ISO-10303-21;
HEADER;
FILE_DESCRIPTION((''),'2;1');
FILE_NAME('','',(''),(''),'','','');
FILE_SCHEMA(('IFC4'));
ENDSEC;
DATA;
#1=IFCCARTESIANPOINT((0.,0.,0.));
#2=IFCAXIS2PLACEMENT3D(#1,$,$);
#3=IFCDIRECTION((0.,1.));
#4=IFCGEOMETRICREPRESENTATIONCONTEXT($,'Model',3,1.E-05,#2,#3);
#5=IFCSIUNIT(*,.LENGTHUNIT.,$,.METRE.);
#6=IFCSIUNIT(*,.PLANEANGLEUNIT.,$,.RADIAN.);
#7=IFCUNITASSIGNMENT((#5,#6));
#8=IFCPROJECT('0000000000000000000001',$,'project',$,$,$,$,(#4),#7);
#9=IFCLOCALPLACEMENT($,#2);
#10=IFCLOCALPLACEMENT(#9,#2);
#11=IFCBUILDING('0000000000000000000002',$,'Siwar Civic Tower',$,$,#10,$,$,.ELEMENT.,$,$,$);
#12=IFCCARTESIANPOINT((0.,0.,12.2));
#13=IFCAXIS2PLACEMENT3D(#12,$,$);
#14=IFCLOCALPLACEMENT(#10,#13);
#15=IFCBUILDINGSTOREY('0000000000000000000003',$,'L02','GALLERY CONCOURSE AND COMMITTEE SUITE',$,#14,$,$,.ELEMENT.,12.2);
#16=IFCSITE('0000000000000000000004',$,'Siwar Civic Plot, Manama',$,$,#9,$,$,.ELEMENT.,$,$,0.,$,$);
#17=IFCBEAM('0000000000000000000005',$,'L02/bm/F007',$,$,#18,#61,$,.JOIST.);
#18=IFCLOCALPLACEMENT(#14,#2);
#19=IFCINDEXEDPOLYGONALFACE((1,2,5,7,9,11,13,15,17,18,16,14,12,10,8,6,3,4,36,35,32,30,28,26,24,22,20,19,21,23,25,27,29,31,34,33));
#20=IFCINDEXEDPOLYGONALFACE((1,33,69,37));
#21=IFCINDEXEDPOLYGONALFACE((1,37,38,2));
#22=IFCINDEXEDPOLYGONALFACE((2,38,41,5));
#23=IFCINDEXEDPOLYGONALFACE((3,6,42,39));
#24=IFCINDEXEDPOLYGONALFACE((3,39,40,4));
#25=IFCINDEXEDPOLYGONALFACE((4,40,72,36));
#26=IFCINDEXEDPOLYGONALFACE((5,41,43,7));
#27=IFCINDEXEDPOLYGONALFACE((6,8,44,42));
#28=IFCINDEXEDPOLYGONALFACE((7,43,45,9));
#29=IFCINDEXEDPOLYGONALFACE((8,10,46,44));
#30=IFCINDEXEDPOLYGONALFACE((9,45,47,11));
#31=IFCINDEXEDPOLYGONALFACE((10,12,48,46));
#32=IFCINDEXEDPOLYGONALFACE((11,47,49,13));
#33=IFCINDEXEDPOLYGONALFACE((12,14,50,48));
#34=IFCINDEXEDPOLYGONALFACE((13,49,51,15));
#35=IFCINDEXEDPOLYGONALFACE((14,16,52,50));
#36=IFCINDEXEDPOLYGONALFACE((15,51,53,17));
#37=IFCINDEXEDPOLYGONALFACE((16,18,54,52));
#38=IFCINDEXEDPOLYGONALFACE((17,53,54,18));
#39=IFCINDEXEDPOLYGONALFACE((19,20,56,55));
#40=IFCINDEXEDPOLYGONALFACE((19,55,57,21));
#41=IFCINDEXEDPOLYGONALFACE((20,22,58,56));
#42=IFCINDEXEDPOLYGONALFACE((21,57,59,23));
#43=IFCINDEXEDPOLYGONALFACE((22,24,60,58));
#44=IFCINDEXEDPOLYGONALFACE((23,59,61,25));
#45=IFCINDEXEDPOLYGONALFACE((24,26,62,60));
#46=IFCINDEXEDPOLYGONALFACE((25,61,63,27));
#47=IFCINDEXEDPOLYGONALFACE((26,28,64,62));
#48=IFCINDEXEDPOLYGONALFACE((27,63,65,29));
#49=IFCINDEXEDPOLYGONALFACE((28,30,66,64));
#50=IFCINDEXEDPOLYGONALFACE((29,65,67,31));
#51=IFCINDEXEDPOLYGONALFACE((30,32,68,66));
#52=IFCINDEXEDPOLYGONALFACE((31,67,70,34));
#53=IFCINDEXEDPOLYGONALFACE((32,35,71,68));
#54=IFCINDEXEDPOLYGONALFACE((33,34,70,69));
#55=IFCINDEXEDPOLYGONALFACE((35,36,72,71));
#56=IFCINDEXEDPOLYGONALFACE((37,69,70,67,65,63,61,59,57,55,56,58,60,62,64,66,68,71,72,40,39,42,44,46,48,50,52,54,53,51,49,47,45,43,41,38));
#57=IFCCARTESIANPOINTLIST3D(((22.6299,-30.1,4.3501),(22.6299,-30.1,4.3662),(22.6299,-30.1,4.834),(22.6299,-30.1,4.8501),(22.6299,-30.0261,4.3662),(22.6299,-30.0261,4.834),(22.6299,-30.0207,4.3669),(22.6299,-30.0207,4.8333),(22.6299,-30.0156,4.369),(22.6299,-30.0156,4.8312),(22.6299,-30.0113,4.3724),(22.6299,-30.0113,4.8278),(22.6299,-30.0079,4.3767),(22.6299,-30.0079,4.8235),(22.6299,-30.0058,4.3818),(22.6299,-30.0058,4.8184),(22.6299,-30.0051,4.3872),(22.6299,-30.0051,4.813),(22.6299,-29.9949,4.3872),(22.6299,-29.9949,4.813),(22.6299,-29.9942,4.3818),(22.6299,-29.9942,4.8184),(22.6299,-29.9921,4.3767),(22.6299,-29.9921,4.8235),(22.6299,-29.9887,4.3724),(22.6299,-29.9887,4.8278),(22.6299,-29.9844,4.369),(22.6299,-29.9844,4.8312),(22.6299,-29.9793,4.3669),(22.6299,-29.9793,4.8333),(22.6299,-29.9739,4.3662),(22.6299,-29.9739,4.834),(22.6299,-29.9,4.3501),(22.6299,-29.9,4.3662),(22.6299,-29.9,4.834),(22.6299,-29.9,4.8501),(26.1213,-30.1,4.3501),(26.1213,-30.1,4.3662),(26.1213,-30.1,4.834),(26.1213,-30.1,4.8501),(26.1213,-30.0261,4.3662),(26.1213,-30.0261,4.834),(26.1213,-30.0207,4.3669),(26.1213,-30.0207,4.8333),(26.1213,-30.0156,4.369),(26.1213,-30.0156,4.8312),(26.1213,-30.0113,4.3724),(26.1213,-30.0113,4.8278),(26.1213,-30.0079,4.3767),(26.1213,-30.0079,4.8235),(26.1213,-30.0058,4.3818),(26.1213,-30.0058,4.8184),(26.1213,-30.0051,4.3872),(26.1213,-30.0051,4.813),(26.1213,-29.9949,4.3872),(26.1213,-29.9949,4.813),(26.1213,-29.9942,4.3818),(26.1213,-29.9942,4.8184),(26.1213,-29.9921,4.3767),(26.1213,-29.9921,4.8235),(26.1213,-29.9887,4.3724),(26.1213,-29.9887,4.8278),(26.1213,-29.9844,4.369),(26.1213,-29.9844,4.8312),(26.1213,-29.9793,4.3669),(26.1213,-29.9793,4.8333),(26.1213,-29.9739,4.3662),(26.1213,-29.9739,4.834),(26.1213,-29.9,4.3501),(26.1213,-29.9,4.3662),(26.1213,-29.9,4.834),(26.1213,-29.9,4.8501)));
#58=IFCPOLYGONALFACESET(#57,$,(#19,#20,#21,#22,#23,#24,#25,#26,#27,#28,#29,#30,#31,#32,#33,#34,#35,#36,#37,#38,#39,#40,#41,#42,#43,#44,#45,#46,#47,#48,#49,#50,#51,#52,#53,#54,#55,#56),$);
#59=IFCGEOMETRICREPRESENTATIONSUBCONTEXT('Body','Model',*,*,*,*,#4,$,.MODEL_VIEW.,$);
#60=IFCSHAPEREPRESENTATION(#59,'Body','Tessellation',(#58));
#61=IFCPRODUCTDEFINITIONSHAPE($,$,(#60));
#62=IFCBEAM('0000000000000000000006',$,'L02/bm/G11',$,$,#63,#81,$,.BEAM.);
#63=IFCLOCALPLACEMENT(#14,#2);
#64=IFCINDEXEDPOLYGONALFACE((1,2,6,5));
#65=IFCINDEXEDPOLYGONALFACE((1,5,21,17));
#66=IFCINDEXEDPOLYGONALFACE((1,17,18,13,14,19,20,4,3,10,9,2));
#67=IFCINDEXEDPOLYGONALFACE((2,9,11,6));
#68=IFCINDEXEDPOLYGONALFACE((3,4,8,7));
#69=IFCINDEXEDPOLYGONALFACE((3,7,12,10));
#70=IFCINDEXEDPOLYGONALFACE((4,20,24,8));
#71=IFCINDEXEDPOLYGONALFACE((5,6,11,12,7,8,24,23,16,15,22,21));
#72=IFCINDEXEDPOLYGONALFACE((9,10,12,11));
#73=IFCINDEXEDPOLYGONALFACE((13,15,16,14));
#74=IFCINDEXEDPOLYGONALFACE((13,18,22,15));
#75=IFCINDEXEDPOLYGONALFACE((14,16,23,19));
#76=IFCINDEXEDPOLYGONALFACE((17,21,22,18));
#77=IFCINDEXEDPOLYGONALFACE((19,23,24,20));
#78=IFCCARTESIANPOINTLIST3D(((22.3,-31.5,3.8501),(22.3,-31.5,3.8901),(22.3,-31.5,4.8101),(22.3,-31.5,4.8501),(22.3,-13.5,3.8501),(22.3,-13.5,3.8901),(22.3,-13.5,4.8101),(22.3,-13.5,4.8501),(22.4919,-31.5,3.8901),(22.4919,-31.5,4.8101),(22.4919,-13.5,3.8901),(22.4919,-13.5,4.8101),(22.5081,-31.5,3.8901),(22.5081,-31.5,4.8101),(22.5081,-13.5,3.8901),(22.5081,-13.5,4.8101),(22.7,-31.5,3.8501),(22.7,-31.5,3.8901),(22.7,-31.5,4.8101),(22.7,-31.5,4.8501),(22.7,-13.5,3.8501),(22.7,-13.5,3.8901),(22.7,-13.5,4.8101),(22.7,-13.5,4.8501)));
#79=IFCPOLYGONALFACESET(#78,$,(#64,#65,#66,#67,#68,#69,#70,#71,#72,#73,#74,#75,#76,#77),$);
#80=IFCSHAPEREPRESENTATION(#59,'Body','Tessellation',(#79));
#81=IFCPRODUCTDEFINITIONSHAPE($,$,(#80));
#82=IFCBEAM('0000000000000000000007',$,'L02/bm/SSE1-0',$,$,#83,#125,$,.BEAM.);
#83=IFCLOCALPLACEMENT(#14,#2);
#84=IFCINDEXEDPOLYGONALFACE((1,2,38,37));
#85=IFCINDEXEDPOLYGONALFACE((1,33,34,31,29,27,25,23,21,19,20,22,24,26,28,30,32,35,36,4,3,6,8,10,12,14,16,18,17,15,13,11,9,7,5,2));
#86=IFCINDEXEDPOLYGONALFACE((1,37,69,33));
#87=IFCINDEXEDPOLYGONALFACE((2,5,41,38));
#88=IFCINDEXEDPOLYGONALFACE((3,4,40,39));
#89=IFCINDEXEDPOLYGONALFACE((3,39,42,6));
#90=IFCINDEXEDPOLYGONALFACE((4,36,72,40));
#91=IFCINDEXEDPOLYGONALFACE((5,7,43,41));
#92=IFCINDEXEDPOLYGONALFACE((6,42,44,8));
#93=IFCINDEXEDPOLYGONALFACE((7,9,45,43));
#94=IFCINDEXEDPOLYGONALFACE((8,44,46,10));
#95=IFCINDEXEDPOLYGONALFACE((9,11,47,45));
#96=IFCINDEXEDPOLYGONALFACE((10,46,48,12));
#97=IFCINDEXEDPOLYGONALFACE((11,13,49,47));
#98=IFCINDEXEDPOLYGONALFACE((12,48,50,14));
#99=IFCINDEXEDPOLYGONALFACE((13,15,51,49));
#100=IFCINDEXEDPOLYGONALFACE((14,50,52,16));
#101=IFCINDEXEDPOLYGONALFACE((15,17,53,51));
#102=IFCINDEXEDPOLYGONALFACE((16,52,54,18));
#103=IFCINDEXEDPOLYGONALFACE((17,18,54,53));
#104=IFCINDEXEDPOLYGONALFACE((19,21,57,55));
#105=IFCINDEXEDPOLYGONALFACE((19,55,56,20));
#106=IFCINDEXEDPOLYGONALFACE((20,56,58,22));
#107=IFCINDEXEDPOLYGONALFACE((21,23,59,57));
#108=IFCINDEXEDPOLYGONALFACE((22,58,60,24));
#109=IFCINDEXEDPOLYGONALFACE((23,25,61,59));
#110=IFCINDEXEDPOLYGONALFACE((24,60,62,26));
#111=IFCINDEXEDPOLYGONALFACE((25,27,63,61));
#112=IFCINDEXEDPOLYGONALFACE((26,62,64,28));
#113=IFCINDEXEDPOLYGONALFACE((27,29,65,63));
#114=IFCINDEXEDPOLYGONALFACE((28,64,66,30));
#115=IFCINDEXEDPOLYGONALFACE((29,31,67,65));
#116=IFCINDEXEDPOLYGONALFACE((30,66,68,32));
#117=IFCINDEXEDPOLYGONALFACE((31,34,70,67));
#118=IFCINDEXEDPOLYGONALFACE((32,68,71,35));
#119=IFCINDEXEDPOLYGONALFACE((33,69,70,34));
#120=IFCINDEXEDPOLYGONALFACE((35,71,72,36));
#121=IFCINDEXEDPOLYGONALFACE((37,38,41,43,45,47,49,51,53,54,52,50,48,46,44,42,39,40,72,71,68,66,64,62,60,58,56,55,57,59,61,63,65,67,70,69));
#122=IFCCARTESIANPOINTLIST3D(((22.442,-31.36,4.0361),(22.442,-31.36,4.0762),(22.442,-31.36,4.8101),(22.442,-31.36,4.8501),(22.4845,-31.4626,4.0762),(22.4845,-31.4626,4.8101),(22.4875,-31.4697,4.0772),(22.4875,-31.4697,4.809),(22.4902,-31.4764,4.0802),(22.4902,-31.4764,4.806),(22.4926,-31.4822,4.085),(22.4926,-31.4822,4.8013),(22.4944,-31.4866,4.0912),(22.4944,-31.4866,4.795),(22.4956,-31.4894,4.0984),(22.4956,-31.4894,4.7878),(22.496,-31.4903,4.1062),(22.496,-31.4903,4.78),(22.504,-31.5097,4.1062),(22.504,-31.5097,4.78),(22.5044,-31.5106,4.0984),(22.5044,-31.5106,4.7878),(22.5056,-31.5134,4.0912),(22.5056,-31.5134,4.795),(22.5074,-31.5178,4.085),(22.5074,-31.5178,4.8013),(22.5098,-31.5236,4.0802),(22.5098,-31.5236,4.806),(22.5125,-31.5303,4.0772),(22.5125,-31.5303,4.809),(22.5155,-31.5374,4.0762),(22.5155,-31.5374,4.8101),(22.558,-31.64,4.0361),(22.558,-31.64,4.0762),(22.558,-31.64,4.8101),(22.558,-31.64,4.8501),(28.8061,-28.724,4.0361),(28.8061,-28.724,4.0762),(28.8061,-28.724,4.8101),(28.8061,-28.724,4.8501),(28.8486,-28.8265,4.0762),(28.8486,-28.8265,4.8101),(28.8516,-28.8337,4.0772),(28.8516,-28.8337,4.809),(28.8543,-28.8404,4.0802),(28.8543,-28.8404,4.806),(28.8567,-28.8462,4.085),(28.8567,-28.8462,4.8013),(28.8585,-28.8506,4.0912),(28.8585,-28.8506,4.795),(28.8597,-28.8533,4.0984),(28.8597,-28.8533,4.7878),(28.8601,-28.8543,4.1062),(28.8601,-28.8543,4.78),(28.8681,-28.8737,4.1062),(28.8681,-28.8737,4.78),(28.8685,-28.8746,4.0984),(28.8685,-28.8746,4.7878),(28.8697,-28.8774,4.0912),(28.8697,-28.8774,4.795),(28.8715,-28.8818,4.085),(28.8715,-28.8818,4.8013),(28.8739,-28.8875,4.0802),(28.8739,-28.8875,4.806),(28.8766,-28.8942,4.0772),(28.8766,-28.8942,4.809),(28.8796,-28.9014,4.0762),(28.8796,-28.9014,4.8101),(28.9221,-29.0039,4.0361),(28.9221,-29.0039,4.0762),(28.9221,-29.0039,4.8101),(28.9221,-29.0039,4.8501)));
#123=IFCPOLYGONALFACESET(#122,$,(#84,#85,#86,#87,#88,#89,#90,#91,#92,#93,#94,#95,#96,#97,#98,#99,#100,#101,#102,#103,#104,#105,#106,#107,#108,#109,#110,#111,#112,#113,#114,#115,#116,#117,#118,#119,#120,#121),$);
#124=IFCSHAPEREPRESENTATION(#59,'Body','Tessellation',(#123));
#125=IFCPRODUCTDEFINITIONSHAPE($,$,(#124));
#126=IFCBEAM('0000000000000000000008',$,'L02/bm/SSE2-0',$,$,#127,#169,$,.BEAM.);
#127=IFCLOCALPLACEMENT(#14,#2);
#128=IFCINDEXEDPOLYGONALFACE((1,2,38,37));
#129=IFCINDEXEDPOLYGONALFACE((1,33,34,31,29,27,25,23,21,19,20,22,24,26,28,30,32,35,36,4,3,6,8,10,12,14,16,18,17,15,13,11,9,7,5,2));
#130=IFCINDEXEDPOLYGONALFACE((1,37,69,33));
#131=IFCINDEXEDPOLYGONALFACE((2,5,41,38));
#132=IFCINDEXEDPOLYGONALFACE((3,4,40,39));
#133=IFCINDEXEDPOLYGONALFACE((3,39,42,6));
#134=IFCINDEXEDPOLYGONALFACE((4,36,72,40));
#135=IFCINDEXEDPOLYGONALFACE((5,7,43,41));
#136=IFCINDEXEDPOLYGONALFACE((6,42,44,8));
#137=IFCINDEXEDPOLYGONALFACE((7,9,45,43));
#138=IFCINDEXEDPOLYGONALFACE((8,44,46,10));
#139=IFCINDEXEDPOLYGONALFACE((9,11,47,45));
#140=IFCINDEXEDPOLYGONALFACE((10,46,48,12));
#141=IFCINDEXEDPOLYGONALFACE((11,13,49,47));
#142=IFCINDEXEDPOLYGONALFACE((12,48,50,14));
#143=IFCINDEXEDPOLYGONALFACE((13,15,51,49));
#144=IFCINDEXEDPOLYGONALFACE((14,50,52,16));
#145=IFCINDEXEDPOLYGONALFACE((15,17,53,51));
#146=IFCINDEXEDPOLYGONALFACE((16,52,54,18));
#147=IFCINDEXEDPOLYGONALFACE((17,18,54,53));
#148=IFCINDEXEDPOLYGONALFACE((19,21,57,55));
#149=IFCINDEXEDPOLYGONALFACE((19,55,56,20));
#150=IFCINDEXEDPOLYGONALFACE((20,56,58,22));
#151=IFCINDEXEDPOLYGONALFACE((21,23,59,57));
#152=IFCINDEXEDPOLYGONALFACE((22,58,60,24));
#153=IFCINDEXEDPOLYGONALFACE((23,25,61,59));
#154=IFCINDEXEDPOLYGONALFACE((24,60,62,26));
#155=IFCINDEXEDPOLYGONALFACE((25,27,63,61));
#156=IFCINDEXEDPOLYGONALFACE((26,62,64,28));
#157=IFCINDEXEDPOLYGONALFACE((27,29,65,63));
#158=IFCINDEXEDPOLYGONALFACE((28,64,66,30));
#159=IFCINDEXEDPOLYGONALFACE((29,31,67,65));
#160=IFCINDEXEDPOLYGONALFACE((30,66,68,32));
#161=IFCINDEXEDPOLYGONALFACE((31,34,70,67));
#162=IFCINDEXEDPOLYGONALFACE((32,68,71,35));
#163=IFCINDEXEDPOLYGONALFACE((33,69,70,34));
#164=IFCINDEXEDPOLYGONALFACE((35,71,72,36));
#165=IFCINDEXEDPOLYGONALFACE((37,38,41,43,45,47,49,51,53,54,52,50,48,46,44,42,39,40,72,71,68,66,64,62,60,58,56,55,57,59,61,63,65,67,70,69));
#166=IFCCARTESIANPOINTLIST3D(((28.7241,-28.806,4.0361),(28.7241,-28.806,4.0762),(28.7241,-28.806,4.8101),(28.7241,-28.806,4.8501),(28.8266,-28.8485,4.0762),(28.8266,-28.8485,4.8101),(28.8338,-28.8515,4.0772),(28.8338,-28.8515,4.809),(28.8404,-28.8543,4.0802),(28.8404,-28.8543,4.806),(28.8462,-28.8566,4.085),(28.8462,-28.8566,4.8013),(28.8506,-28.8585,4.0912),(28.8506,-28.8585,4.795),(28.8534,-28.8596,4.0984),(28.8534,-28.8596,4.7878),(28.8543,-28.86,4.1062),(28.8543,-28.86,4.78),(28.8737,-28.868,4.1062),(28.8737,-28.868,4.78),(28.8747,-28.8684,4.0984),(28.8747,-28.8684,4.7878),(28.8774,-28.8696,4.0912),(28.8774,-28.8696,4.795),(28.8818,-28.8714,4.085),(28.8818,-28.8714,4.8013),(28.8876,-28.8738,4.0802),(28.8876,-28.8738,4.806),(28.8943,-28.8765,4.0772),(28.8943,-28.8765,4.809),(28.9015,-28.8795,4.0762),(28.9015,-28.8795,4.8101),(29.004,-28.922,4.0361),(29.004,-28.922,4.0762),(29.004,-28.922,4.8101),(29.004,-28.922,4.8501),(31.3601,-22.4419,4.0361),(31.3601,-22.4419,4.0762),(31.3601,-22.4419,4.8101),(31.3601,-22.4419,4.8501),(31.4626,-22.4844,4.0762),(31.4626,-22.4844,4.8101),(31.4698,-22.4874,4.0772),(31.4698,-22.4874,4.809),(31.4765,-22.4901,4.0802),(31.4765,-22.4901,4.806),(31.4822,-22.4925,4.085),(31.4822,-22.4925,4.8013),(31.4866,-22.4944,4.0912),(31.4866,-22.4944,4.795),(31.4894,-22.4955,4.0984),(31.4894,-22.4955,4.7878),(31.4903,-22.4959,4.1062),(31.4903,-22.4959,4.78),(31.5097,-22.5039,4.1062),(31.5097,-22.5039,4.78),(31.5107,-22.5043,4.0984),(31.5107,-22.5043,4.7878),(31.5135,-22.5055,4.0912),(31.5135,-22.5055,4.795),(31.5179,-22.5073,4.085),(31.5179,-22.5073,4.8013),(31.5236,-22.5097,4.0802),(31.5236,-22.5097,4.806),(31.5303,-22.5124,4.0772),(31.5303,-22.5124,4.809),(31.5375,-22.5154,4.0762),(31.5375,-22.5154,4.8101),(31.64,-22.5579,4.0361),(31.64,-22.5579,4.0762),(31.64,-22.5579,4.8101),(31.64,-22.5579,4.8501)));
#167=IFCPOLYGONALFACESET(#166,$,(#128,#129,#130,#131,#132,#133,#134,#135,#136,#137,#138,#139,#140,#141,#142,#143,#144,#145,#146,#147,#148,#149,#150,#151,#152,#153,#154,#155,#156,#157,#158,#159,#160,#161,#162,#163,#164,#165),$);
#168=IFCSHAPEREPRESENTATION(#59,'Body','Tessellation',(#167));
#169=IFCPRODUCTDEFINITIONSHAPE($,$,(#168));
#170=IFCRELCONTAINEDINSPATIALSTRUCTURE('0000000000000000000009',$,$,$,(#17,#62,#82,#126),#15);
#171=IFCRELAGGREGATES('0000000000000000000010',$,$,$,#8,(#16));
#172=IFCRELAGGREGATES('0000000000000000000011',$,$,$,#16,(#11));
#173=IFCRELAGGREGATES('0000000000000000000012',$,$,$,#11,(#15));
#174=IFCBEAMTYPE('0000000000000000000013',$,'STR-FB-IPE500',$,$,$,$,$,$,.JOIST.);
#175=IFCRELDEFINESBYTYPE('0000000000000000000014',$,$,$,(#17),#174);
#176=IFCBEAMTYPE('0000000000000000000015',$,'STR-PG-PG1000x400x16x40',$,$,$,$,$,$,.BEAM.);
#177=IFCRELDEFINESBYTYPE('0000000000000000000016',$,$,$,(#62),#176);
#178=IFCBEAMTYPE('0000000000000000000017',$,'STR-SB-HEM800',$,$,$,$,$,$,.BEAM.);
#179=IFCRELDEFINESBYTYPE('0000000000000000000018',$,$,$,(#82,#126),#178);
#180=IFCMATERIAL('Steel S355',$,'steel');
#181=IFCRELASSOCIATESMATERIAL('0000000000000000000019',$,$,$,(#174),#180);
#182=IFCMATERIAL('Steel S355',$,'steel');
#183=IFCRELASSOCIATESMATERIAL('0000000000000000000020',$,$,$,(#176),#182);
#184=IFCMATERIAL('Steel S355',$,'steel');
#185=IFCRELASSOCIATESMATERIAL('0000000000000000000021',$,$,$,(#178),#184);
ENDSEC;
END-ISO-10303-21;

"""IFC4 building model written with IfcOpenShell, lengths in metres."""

from ifc_helpers import new_model, si_unit, direction, frame, origin, origin_2d, place, context, subcontext, project, spatial, i_section, extrude, material, material_profile, profile_set, type_object, element, save


model = new_model("IFC4")

# Units and contexts
model_context = context("Model", 3, precision=1e-05, world=origin(), true_north=direction((0.0, 1.0)))
body_context = subcontext(model_context, "Body", "Model", "MODEL_VIEW")
ifc_project = project(units=[si_unit("LENGTHUNIT", "METRE"), si_unit("PLANEANGLEUNIT", "RADIAN")], contexts=[model_context])

# Site, building, storey
site_placement = place(None, origin())
site = spatial("IfcSite", under=ifc_project, at=site_placement, Name="Siwar Civic Plot, Manama", CompositionType="ELEMENT", RefElevation=0.0)
building_placement = place(site_placement, origin())
building = spatial("IfcBuilding", under=site, at=building_placement, Name="Siwar Civic Tower", CompositionType="ELEMENT")
storey_placement = place(building_placement, frame((0.0, 0.0, 12.2)))
storey = spatial("IfcBuildingStorey", under=building, at=storey_placement, Name="L02", Description="GALLERY CONCOURSE AND COMMITTEE SUITE", CompositionType="ELEMENT", Elevation=12.2)

# Beams
ifc_material_1 = material(Name="Steel S355", Category="steel")
ifc_material_profile_1 = material_profile(ifc_material_1, i_section(OverallWidth=0.2, OverallDepth=0.5, WebThickness=0.0103, FlangeThickness=0.0161, FilletRadius=0.021, at=origin_2d()), Name="IPE500")
ifc_profile_set_1 = profile_set([ifc_material_profile_1], Name="Steel S355")
beam_type_1 = type_object("IfcBeamType", Name="STR-FB-IPE500", PredefinedType="JOIST", material=ifc_profile_set_1)
beam_1_placement = place(storey_placement, frame((22.6299, -30.0, 4.6001), z_axis=(1.0, 0.0, 0.0), x_axis=(0.0, 1.0, 0.0)))
element("IfcBeam", 1, at=beam_1_placement, inside=storey, type_object=beam_type_1, Name="L02/bm/F007", PredefinedType="JOIST", context=body_context, shape_type="SweptSolid", body=[
    extrude(i_section(OverallWidth=0.2, OverallDepth=0.5, WebThickness=0.0103, FlangeThickness=0.0161, FilletRadius=0.021, at=origin_2d()), origin(), (0.0, 0.0, 1.0), 3.4915),
])
ifc_material_2 = material(Name="Steel S355", Category="steel")
ifc_material_profile_2 = material_profile(ifc_material_2, i_section(OverallWidth=0.3999, OverallDepth=1.0, WebThickness=0.0161, FlangeThickness=0.04, at=origin_2d()), Name="PG1000x400x16x40")
ifc_profile_set_2 = profile_set([ifc_material_profile_2], Name="Steel S355")
beam_type_2 = type_object("IfcBeamType", Name="STR-PG-PG1000x400x16x40", PredefinedType="BEAM", material=ifc_profile_set_2)
beam_2_placement = place(storey_placement, frame((22.5, -31.5, 4.3501), z_axis=(0.0, 1.0, 0.0), x_axis=(-1.0, 0.0, 0.0)))
element("IfcBeam", 2, at=beam_2_placement, inside=storey, type_object=beam_type_2, Name="L02/bm/G11", PredefinedType="BEAM", context=body_context, shape_type="SweptSolid", body=[
    extrude(i_section(OverallWidth=0.3999, OverallDepth=1.0, WebThickness=0.0161, FlangeThickness=0.04, at=origin_2d()), origin(), (0.0, 0.0, 1.0), 18.0),
])
ifc_material_3 = material(Name="Steel S355", Category="steel")
ifc_material_profile_3 = material_profile(ifc_material_3, i_section(OverallWidth=0.303, OverallDepth=0.814, WebThickness=0.021, FlangeThickness=0.04, FilletRadius=0.03, at=origin_2d()), Name="HEM800")
ifc_profile_set_3 = profile_set([ifc_material_profile_3], Name="Steel S355")
beam_type_3 = type_object("IfcBeamType", Name="STR-SB-HEM800", PredefinedType="BEAM", material=ifc_profile_set_3)
for number, where, z_axis, x_axis, name in (
    (3, (22.5, -31.5, 4.4431), (0.923883, 0.382674, 0.0), (-0.382674, 0.923883, 0.0), "L02/bm/SSE1-0"),
    (4, (28.864, -28.864, 4.4431), (0.382674, 0.923883, 0.0), (-0.923883, 0.382674, 0.0), "L02/bm/SSE2-0"),
):
    element("IfcBeam", number, at=place(storey_placement, frame(where, z_axis=z_axis, x_axis=x_axis)), inside=storey, type_object=beam_type_3, Name=name, PredefinedType="BEAM", context=body_context, shape_type="SweptSolid", body=[
        extrude(i_section(OverallWidth=0.303, OverallDepth=0.814, WebThickness=0.021, FlangeThickness=0.04, FilletRadius=0.03, at=origin_2d()), origin(), (0.0, 0.0, 1.0), 6.8884),
    ])

save(model, "model.ifc")
